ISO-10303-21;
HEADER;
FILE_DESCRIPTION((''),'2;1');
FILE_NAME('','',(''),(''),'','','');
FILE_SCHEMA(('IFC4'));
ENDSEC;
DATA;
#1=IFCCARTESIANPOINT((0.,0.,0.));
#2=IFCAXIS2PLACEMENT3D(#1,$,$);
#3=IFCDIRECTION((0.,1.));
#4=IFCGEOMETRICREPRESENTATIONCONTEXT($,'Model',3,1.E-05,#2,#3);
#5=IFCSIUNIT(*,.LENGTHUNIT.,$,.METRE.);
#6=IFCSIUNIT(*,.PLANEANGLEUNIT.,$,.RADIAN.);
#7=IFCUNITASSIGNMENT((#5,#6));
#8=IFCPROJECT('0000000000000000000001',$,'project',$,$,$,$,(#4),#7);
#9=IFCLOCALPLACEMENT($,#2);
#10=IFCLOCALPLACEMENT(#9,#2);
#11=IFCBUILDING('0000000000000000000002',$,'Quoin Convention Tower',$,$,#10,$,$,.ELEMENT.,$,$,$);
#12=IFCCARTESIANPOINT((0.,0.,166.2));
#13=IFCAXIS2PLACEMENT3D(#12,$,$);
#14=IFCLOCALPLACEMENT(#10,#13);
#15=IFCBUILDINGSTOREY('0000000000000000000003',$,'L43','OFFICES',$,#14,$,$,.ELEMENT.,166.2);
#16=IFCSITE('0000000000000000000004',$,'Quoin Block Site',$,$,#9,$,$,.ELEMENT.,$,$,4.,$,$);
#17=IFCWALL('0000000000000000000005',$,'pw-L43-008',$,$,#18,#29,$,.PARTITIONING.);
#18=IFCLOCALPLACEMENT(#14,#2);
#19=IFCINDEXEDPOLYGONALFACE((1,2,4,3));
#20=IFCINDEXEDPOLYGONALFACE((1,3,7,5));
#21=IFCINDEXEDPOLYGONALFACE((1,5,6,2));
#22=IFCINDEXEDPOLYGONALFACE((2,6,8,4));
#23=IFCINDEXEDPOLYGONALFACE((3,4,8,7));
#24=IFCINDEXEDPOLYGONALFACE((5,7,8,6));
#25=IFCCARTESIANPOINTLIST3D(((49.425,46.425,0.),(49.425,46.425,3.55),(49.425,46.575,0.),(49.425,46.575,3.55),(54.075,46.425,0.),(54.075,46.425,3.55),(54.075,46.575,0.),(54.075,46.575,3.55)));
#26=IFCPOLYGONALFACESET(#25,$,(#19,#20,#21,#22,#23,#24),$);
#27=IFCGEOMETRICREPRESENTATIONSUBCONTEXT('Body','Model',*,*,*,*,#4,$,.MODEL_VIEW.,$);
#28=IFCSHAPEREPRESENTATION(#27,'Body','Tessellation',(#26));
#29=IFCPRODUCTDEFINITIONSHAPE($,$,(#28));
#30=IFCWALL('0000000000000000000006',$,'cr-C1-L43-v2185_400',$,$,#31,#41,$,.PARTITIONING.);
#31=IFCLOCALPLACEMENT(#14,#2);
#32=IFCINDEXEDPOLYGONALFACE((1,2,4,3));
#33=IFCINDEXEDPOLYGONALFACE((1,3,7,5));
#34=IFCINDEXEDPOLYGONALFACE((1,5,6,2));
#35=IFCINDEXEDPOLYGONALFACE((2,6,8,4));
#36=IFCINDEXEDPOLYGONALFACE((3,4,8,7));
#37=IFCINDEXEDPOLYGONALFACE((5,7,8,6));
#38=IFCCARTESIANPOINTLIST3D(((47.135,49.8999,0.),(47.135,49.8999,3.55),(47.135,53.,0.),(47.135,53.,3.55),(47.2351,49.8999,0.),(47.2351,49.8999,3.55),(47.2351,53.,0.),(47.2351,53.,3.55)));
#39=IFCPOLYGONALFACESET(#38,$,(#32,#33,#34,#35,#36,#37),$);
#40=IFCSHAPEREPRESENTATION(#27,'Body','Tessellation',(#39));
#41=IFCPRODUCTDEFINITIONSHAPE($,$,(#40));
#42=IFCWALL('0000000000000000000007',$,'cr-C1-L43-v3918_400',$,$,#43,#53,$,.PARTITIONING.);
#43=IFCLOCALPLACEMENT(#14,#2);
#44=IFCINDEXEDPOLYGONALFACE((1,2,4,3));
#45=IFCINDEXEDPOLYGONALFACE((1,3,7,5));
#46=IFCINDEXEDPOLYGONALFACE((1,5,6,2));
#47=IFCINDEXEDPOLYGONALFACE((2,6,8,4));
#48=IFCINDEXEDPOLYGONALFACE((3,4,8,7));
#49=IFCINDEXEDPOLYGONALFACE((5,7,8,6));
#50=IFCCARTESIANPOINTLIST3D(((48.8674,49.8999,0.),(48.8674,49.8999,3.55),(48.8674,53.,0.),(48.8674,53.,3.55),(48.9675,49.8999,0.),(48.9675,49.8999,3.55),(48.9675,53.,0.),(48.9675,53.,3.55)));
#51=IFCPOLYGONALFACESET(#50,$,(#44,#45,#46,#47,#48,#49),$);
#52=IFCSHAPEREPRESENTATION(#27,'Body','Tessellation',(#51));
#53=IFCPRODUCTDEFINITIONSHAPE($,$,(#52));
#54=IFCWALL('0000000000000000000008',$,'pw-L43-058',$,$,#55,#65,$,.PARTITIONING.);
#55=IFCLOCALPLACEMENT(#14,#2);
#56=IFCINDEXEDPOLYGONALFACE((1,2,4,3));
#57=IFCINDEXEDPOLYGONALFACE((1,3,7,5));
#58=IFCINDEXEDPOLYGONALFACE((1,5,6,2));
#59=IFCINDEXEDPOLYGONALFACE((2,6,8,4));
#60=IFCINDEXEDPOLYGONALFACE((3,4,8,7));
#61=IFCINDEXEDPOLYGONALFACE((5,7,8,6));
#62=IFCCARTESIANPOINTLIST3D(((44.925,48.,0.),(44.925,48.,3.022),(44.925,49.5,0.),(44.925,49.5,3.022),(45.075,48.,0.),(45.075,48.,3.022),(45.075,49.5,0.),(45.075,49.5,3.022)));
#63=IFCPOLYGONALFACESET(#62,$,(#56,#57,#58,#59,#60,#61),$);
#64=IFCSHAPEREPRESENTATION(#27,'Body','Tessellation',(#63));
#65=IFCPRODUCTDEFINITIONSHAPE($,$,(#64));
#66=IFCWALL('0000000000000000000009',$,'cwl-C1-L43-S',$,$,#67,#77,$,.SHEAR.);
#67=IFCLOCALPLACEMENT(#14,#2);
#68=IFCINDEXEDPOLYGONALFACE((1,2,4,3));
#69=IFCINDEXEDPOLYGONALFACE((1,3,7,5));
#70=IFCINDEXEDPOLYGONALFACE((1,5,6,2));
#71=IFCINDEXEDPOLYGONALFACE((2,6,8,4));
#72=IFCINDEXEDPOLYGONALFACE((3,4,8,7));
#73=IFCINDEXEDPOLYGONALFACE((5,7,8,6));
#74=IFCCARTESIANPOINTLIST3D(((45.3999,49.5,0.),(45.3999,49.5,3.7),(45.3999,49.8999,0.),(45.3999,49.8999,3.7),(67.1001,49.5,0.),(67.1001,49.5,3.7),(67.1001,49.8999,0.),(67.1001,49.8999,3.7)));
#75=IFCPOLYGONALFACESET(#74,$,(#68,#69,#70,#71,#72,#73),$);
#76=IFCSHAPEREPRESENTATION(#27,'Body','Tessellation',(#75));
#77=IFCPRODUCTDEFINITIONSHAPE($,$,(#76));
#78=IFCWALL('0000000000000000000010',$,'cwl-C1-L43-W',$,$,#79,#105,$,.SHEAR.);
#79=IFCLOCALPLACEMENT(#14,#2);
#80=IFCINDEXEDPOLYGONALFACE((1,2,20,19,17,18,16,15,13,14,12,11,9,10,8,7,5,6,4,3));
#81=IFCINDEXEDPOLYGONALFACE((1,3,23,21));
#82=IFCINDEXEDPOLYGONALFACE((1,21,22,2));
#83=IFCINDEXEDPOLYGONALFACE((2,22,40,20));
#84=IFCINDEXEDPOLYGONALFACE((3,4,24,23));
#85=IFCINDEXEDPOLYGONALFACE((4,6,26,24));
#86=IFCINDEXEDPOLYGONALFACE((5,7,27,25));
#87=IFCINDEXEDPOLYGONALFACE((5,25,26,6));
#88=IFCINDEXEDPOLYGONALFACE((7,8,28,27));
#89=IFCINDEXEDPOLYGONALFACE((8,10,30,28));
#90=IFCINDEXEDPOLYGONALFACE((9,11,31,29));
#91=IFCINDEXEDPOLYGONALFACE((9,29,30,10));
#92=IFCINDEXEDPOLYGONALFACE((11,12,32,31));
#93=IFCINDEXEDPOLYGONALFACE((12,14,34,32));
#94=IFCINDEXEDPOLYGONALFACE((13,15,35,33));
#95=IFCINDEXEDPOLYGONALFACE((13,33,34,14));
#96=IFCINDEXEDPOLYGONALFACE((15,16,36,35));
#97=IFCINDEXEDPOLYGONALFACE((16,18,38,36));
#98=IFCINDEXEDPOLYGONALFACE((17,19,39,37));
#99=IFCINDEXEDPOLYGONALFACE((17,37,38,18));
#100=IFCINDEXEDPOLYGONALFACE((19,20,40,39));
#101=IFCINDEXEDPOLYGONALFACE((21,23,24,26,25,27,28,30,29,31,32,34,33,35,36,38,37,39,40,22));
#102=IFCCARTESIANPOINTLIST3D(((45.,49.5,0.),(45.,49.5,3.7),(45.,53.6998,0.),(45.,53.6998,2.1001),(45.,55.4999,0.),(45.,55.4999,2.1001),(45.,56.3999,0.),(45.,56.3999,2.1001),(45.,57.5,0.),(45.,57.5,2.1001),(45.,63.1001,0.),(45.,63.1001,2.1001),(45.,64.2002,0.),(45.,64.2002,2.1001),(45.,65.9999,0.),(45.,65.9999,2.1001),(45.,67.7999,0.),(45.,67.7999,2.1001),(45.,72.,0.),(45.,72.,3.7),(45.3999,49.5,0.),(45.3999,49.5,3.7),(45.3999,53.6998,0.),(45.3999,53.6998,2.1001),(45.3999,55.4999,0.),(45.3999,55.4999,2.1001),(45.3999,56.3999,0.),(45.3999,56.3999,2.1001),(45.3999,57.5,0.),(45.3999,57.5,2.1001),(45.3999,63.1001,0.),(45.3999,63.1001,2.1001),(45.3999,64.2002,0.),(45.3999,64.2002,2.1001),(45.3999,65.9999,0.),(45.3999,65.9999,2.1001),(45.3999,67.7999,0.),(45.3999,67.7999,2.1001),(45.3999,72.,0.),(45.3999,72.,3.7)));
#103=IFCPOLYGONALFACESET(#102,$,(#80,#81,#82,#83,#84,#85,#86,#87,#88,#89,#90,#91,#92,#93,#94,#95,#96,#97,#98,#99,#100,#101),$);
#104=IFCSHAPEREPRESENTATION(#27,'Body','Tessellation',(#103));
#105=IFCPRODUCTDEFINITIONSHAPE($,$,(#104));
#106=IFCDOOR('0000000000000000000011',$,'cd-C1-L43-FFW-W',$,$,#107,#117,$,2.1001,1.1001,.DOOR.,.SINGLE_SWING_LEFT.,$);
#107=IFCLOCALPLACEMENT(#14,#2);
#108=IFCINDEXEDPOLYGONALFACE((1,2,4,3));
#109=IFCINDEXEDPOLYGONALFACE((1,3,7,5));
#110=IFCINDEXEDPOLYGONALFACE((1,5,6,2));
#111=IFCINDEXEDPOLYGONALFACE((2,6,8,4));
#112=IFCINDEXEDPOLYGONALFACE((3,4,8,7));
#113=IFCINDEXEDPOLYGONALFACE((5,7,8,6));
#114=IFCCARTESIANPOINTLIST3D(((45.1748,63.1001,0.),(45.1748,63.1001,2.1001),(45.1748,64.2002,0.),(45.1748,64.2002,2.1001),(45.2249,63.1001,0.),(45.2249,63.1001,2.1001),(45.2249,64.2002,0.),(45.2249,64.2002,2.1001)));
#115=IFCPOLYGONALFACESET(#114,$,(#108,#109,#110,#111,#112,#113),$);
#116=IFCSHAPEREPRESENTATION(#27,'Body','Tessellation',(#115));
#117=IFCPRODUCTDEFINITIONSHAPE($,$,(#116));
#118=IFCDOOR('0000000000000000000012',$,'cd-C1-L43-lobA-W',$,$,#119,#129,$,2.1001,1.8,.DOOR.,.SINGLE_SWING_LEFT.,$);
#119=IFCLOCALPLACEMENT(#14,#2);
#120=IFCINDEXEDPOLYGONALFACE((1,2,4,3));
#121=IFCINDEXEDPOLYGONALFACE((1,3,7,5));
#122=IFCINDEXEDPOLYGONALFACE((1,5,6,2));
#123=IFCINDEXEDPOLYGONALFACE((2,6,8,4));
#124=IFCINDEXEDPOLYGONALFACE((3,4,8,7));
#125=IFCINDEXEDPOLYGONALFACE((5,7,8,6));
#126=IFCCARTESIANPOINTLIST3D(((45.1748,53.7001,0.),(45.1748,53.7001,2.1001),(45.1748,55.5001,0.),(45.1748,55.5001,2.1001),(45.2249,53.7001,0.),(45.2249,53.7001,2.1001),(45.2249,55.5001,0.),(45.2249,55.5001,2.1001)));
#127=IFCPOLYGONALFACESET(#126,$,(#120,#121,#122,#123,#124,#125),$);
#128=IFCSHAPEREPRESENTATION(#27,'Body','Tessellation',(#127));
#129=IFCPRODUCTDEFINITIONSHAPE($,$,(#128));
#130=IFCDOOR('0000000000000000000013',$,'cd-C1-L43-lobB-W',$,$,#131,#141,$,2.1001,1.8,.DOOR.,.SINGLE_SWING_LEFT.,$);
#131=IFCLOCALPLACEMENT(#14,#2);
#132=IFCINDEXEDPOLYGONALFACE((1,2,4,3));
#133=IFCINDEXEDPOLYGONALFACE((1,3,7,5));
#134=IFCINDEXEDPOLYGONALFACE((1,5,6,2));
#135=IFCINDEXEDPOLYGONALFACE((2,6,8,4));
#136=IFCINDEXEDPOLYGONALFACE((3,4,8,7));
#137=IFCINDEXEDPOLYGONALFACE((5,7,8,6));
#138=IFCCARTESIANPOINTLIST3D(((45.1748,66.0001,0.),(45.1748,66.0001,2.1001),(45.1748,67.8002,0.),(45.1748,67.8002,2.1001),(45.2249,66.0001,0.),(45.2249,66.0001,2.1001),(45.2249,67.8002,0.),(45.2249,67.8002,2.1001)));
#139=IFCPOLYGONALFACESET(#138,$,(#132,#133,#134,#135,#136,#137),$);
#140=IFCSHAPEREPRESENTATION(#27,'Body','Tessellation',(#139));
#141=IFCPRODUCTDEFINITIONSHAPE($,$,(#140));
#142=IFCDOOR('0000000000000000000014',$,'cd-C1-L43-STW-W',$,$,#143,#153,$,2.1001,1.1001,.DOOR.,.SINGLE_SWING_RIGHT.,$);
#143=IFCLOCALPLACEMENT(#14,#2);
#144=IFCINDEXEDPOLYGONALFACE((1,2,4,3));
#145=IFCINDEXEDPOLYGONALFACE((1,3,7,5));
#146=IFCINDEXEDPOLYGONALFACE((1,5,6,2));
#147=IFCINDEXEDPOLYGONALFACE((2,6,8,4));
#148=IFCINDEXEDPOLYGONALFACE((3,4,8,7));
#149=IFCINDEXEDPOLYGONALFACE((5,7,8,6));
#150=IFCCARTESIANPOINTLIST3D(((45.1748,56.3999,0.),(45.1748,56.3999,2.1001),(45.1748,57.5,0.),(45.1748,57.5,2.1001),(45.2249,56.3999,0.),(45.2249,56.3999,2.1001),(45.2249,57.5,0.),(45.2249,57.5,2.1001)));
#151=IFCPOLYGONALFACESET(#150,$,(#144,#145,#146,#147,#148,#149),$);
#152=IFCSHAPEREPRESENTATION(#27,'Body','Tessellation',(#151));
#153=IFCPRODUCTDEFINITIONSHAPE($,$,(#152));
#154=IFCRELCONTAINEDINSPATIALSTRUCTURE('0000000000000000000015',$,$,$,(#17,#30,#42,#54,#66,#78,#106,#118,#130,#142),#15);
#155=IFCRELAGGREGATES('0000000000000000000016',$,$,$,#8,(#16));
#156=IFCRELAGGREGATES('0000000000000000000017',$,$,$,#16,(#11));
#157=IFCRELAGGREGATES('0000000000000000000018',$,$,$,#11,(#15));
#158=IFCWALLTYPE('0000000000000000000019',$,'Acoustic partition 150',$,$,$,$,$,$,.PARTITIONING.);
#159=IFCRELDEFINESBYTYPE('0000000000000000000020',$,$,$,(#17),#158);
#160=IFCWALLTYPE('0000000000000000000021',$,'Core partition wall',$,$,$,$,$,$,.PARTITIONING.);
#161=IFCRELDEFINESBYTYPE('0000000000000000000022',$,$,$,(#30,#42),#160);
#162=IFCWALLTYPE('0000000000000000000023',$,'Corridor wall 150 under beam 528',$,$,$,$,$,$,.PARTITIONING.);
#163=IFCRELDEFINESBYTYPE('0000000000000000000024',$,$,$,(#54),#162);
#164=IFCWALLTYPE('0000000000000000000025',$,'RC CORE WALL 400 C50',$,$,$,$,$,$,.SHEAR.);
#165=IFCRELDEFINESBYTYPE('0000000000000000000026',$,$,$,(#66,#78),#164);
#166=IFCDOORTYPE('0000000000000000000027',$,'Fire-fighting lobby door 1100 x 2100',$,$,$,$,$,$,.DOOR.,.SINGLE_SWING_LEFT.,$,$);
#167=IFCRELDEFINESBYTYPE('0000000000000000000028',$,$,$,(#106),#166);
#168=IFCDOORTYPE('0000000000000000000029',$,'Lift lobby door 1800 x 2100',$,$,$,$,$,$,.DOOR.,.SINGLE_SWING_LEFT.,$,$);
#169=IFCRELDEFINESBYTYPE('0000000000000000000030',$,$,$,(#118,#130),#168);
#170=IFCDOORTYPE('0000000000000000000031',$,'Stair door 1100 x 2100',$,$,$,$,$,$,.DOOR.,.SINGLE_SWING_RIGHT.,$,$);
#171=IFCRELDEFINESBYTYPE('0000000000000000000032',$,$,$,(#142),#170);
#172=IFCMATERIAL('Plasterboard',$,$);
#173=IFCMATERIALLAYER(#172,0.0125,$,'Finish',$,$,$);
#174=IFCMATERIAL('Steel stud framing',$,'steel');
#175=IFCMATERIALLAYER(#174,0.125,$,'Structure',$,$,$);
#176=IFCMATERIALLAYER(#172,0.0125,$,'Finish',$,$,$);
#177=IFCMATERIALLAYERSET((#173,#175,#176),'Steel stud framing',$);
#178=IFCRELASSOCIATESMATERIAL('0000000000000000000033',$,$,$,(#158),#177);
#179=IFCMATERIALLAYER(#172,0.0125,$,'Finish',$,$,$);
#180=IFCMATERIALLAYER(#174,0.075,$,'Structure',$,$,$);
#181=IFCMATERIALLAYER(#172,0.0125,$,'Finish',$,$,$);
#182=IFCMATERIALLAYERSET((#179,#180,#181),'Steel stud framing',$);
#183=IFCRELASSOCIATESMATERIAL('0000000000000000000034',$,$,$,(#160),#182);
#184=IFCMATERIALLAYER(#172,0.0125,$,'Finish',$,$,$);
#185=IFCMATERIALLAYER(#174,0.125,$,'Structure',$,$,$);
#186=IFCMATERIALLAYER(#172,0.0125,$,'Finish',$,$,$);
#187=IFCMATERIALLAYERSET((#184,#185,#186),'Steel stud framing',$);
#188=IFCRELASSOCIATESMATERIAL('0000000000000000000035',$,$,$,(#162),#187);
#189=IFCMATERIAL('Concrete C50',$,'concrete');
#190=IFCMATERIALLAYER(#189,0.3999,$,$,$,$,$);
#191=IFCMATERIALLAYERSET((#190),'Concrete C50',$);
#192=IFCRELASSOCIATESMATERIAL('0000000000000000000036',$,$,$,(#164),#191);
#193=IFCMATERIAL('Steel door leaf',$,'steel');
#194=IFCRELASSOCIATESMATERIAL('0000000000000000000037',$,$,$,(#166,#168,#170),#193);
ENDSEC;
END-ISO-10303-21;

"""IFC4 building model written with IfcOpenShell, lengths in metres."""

from ifc_helpers import new_model, si_unit, direction, frame, frame_2d, origin, place, context, subcontext, project, spatial, rectangle, extrude, material, layer, layer_set, type_object, element, fill, save


model = new_model("IFC4")

# Units and contexts
model_context = context("Model", 3, precision=1e-05, world=origin(), true_north=direction((0.0, 1.0)))
body_context = subcontext(model_context, "Body", "Model", "MODEL_VIEW")
ifc_project = project(units=[si_unit("LENGTHUNIT", "METRE"), si_unit("PLANEANGLEUNIT", "RADIAN")], contexts=[model_context])

# Site, building, storey
site_placement = place(None, origin())
site = spatial("IfcSite", under=ifc_project, at=site_placement, Name="Quoin Block Site", CompositionType="ELEMENT", RefElevation=4.0)
building_placement = place(site_placement, origin())
building = spatial("IfcBuilding", under=site, at=building_placement, Name="Quoin Convention Tower", CompositionType="ELEMENT")
storey_placement = place(building_placement, frame((0.0, 0.0, 166.2)))
storey = spatial("IfcBuildingStorey", under=building, at=storey_placement, Name="L43", Description="OFFICES", CompositionType="ELEMENT", Elevation=166.2)

# Wall
ifc_material_1 = material(Name="Plasterboard")
ifc_layer_1 = layer(ifc_material_1, 0.0125, Name="Finish")
ifc_material_2 = material(Name="Steel stud framing", Category="steel")
ifc_layer_2 = layer(ifc_material_2, 0.125, Name="Structure")
ifc_layer_3 = layer(ifc_material_1, 0.0125, Name="Finish")
ifc_layer_set_1 = layer_set([ifc_layer_1, ifc_layer_2, ifc_layer_3], Name="Steel stud framing")
wall_type_1 = type_object("IfcWallType", Name="Acoustic partition 150", PredefinedType="PARTITIONING", material=ifc_layer_set_1)
wall_1_placement = place(storey_placement, frame((49.425, 46.5, 0.0), z_axis=(0.0, 0.0, 1.0), x_axis=(1.0, 0.0, 0.0)))
element("IfcWall", 1, at=wall_1_placement, inside=storey, type_object=wall_type_1, Name="pw-L43-008", PredefinedType="PARTITIONING", context=body_context, shape_type="SweptSolid", body=[
    extrude(rectangle(XDim=4.6499, YDim=0.1499, at=frame_2d((2.325, 0.0))), origin(), (0.0, 0.0, 1.0), 3.55),
])

# Shared definitions
ifc_layer_4 = layer(ifc_material_1, 0.0125, Name="Finish")
ifc_layer_5 = layer(ifc_material_2, 0.075, Name="Structure")
ifc_layer_6 = layer(ifc_material_1, 0.0125, Name="Finish")
ifc_layer_set_2 = layer_set([ifc_layer_4, ifc_layer_5, ifc_layer_6], Name="Steel stud framing")
wall_type_2 = type_object("IfcWallType", Name="Core partition wall", PredefinedType="PARTITIONING", material=ifc_layer_set_2)
ifc_material_3 = material(Name="Steel door leaf", Category="steel")

# Walls
for number, where, z_axis, x_axis, name in (
    (2, (47.1851, 49.8999, 0.0), (0.0, 0.0, 1.0), (0.0, 1.0, 0.0), "cr-C1-L43-v2185_400"),
    (3, (48.9175, 49.8999, 0.0), (0.0, 0.0, 1.0), (0.0, 1.0, 0.0), "cr-C1-L43-v3918_400"),
):
    element("IfcWall", number, at=place(storey_placement, frame(where, z_axis=z_axis, x_axis=x_axis)), inside=storey, type_object=wall_type_2, Name=name, PredefinedType="PARTITIONING", context=body_context, shape_type="SweptSolid", body=[
        extrude(rectangle(XDim=3.1001, YDim=0.1001, at=frame_2d((1.55, 0.0))), origin(), (0.0, 0.0, 1.0), 3.55),
    ])
ifc_layer_7 = layer(ifc_material_1, 0.0125, Name="Finish")
ifc_layer_8 = layer(ifc_material_2, 0.125, Name="Structure")
ifc_layer_9 = layer(ifc_material_1, 0.0125, Name="Finish")
ifc_layer_set_3 = layer_set([ifc_layer_7, ifc_layer_8, ifc_layer_9], Name="Steel stud framing")
wall_type_3 = type_object("IfcWallType", Name="Corridor wall 150 under beam 528", PredefinedType="PARTITIONING", material=ifc_layer_set_3)
wall_2_placement = place(storey_placement, frame((45.0, 48.0, 0.0), z_axis=(0.0, 0.0, 1.0), x_axis=(0.0, 1.0, 0.0)))
element("IfcWall", 4, at=wall_2_placement, inside=storey, type_object=wall_type_3, Name="pw-L43-058", PredefinedType="PARTITIONING", context=body_context, shape_type="SweptSolid", body=[
    extrude(rectangle(XDim=1.5, YDim=0.1499, at=frame_2d((0.75, 0.0))), origin(), (0.0, 0.0, 1.0), 3.022),
])
ifc_material_4 = material(Name="Concrete C50", Category="concrete")
ifc_layer_10 = layer(ifc_material_4, 0.3999)
ifc_layer_set_4 = layer_set([ifc_layer_10], Name="Concrete C50")
wall_type_4 = type_object("IfcWallType", Name="RC CORE WALL 400 C50", PredefinedType="SHEAR", material=ifc_layer_set_4)
wall_3_placement = place(storey_placement, frame((45.3999, 49.7, 0.0), z_axis=(0.0, 0.0, 1.0), x_axis=(1.0, 0.0, 0.0)))
element("IfcWall", 5, at=wall_3_placement, inside=storey, type_object=wall_type_4, Name="cwl-C1-L43-S", PredefinedType="SHEAR", context=body_context, shape_type="SweptSolid", body=[
    extrude(rectangle(XDim=21.7002, YDim=0.3999, at=frame_2d((10.8501, 0.0))), origin(), (0.0, 0.0, 1.0), 3.7),
])

# Wall, openings, doors
wall_4_placement = place(storey_placement, frame((45.2, 49.5, 0.0), z_axis=(0.0, 0.0, 1.0), x_axis=(0.0, 1.0, 0.0)))
wall_4 = element("IfcWall", 6, at=wall_4_placement, inside=storey, type_object=wall_type_4, Name="cwl-C1-L43-W", PredefinedType="SHEAR", context=body_context, shape_type="SweptSolid", body=[
    extrude(rectangle(XDim=22.5, YDim=0.3999, at=frame_2d((11.25, 0.0))), origin(), (0.0, 0.0, 1.0), 3.7),
])
opening_1_placement = place(wall_4_placement, frame((4.2, 0.0, 0.0)))
opening_1 = element("IfcOpeningElement", 7, at=opening_1_placement, cuts=wall_4, PredefinedType="OPENING", context=body_context, shape_type="SweptSolid", body=[
    extrude(rectangle(XDim=1.8, YDim=2.1001, at=frame_2d((0.8999, 1.05))), frame((0.0, 0.21, 0.0), z_axis=(0.0, -1.0, 0.0), x_axis=(1.0, 0.0, 0.0)), (0.0, 0.0, 1.0), 0.4199),
])
opening_2_placement = place(wall_4_placement, frame((6.8999, 0.0, 0.0)))
opening_2 = element("IfcOpeningElement", 8, at=opening_2_placement, cuts=wall_4, PredefinedType="OPENING", context=body_context, shape_type="SweptSolid", body=[
    extrude(rectangle(XDim=1.1001, YDim=2.1001, at=frame_2d((0.55, 1.05))), frame((0.0, 0.21, 0.0), z_axis=(0.0, -1.0, 0.0), x_axis=(1.0, 0.0, 0.0)), (0.0, 0.0, 1.0), 0.4199),
])
opening_3_placement = place(wall_4_placement, frame((13.6001, 0.0, 0.0)))
opening_3 = element("IfcOpeningElement", 9, at=opening_3_placement, cuts=wall_4, PredefinedType="OPENING", context=body_context, shape_type="SweptSolid", body=[
    extrude(rectangle(XDim=1.1001, YDim=2.1001, at=frame_2d((0.55, 1.05))), frame((0.0, 0.21, 0.0), z_axis=(0.0, -1.0, 0.0), x_axis=(1.0, 0.0, 0.0)), (0.0, 0.0, 1.0), 0.4199),
])
opening_4_placement = place(wall_4_placement, frame((16.5, 0.0, 0.0)))
opening_4 = element("IfcOpeningElement", 10, at=opening_4_placement, cuts=wall_4, PredefinedType="OPENING", context=body_context, shape_type="SweptSolid", body=[
    extrude(rectangle(XDim=1.8, YDim=2.1001, at=frame_2d((0.8999, 1.05))), frame((0.0, 0.21, 0.0), z_axis=(0.0, -1.0, 0.0), x_axis=(1.0, 0.0, 0.0)), (0.0, 0.0, 1.0), 0.4199),
])
door_type_1 = type_object("IfcDoorType", Name="Fire-fighting lobby door 1100 x 2100", OperationType="SINGLE_SWING_LEFT", PredefinedType="DOOR", material=ifc_material_3)
door_1_placement = place(opening_3_placement, frame((1.1001, 0.0, 0.0), z_axis=(0.0, 0.0, 1.0), x_axis=(-1.0, 0.0, 0.0)))
door_1 = element("IfcDoor", 11, at=door_1_placement, inside=storey, type_object=door_type_1, Name="cd-C1-L43-FFW-W", OperationType="SINGLE_SWING_LEFT", OverallHeight=2.1001, OverallWidth=1.1001, PredefinedType="DOOR", context=body_context, shape_type="SweptSolid", body=[
    extrude(rectangle(XDim=1.1001, YDim=2.1001, at=frame_2d((0.55, 1.05))), frame((0.0, 0.0249, 0.0), z_axis=(0.0, -1.0, 0.0), x_axis=(1.0, 0.0, 0.0)), (0.0, 0.0, 1.0), 0.05),
])
fill(opening_3, door_1)
door_type_2 = type_object("IfcDoorType", Name="Lift lobby door 1800 x 2100", OperationType="SINGLE_SWING_LEFT", PredefinedType="DOOR", material=ifc_material_3)
door_2_placement = place(opening_1_placement, frame((1.8, 0.0, 0.0), z_axis=(0.0, 0.0, 1.0), x_axis=(-1.0, 0.0, 0.0)))
door_2 = element("IfcDoor", 12, at=door_2_placement, inside=storey, type_object=door_type_2, Name="cd-C1-L43-lobA-W", OperationType="SINGLE_SWING_LEFT", OverallHeight=2.1001, OverallWidth=1.8, PredefinedType="DOOR", context=body_context, shape_type="SweptSolid", body=[
    extrude(rectangle(XDim=1.8, YDim=2.1001, at=frame_2d((0.8999, 1.05))), frame((0.0, 0.0249, 0.0), z_axis=(0.0, -1.0, 0.0), x_axis=(1.0, 0.0, 0.0)), (0.0, 0.0, 1.0), 0.05),
])
fill(opening_1, door_2)
door_3_placement = place(opening_4_placement, frame((1.8, 0.0, 0.0), z_axis=(0.0, 0.0, 1.0), x_axis=(-1.0, 0.0, 0.0)))
door_3 = element("IfcDoor", 13, at=door_3_placement, inside=storey, type_object=door_type_2, Name="cd-C1-L43-lobB-W", OperationType="SINGLE_SWING_LEFT", OverallHeight=2.1001, OverallWidth=1.8, PredefinedType="DOOR", context=body_context, shape_type="SweptSolid", body=[
    extrude(rectangle(XDim=1.8, YDim=2.1001, at=frame_2d((0.8999, 1.05))), frame((0.0, 0.0249, 0.0), z_axis=(0.0, -1.0, 0.0), x_axis=(1.0, 0.0, 0.0)), (0.0, 0.0, 1.0), 0.05),
])
fill(opening_4, door_3)
door_type_3 = type_object("IfcDoorType", Name="Stair door 1100 x 2100", OperationType="SINGLE_SWING_RIGHT", PredefinedType="DOOR", material=ifc_material_3)
door_4_placement = place(opening_2_placement, frame((1.1001, 0.0, 0.0), z_axis=(0.0, 0.0, 1.0), x_axis=(-1.0, 0.0, 0.0)))
door_4 = element("IfcDoor", 14, at=door_4_placement, inside=storey, type_object=door_type_3, Name="cd-C1-L43-STW-W", OperationType="SINGLE_SWING_RIGHT", OverallHeight=2.1001, OverallWidth=1.1001, PredefinedType="DOOR", context=body_context, shape_type="SweptSolid", body=[
    extrude(rectangle(XDim=1.1001, YDim=2.1001, at=frame_2d((0.55, 1.05))), frame((0.0, 0.0249, 0.0), z_axis=(0.0, -1.0, 0.0), x_axis=(1.0, 0.0, 0.0)), (0.0, 0.0, 1.0), 0.05),
])
fill(opening_2, door_4)

save(model, "model.ifc")
